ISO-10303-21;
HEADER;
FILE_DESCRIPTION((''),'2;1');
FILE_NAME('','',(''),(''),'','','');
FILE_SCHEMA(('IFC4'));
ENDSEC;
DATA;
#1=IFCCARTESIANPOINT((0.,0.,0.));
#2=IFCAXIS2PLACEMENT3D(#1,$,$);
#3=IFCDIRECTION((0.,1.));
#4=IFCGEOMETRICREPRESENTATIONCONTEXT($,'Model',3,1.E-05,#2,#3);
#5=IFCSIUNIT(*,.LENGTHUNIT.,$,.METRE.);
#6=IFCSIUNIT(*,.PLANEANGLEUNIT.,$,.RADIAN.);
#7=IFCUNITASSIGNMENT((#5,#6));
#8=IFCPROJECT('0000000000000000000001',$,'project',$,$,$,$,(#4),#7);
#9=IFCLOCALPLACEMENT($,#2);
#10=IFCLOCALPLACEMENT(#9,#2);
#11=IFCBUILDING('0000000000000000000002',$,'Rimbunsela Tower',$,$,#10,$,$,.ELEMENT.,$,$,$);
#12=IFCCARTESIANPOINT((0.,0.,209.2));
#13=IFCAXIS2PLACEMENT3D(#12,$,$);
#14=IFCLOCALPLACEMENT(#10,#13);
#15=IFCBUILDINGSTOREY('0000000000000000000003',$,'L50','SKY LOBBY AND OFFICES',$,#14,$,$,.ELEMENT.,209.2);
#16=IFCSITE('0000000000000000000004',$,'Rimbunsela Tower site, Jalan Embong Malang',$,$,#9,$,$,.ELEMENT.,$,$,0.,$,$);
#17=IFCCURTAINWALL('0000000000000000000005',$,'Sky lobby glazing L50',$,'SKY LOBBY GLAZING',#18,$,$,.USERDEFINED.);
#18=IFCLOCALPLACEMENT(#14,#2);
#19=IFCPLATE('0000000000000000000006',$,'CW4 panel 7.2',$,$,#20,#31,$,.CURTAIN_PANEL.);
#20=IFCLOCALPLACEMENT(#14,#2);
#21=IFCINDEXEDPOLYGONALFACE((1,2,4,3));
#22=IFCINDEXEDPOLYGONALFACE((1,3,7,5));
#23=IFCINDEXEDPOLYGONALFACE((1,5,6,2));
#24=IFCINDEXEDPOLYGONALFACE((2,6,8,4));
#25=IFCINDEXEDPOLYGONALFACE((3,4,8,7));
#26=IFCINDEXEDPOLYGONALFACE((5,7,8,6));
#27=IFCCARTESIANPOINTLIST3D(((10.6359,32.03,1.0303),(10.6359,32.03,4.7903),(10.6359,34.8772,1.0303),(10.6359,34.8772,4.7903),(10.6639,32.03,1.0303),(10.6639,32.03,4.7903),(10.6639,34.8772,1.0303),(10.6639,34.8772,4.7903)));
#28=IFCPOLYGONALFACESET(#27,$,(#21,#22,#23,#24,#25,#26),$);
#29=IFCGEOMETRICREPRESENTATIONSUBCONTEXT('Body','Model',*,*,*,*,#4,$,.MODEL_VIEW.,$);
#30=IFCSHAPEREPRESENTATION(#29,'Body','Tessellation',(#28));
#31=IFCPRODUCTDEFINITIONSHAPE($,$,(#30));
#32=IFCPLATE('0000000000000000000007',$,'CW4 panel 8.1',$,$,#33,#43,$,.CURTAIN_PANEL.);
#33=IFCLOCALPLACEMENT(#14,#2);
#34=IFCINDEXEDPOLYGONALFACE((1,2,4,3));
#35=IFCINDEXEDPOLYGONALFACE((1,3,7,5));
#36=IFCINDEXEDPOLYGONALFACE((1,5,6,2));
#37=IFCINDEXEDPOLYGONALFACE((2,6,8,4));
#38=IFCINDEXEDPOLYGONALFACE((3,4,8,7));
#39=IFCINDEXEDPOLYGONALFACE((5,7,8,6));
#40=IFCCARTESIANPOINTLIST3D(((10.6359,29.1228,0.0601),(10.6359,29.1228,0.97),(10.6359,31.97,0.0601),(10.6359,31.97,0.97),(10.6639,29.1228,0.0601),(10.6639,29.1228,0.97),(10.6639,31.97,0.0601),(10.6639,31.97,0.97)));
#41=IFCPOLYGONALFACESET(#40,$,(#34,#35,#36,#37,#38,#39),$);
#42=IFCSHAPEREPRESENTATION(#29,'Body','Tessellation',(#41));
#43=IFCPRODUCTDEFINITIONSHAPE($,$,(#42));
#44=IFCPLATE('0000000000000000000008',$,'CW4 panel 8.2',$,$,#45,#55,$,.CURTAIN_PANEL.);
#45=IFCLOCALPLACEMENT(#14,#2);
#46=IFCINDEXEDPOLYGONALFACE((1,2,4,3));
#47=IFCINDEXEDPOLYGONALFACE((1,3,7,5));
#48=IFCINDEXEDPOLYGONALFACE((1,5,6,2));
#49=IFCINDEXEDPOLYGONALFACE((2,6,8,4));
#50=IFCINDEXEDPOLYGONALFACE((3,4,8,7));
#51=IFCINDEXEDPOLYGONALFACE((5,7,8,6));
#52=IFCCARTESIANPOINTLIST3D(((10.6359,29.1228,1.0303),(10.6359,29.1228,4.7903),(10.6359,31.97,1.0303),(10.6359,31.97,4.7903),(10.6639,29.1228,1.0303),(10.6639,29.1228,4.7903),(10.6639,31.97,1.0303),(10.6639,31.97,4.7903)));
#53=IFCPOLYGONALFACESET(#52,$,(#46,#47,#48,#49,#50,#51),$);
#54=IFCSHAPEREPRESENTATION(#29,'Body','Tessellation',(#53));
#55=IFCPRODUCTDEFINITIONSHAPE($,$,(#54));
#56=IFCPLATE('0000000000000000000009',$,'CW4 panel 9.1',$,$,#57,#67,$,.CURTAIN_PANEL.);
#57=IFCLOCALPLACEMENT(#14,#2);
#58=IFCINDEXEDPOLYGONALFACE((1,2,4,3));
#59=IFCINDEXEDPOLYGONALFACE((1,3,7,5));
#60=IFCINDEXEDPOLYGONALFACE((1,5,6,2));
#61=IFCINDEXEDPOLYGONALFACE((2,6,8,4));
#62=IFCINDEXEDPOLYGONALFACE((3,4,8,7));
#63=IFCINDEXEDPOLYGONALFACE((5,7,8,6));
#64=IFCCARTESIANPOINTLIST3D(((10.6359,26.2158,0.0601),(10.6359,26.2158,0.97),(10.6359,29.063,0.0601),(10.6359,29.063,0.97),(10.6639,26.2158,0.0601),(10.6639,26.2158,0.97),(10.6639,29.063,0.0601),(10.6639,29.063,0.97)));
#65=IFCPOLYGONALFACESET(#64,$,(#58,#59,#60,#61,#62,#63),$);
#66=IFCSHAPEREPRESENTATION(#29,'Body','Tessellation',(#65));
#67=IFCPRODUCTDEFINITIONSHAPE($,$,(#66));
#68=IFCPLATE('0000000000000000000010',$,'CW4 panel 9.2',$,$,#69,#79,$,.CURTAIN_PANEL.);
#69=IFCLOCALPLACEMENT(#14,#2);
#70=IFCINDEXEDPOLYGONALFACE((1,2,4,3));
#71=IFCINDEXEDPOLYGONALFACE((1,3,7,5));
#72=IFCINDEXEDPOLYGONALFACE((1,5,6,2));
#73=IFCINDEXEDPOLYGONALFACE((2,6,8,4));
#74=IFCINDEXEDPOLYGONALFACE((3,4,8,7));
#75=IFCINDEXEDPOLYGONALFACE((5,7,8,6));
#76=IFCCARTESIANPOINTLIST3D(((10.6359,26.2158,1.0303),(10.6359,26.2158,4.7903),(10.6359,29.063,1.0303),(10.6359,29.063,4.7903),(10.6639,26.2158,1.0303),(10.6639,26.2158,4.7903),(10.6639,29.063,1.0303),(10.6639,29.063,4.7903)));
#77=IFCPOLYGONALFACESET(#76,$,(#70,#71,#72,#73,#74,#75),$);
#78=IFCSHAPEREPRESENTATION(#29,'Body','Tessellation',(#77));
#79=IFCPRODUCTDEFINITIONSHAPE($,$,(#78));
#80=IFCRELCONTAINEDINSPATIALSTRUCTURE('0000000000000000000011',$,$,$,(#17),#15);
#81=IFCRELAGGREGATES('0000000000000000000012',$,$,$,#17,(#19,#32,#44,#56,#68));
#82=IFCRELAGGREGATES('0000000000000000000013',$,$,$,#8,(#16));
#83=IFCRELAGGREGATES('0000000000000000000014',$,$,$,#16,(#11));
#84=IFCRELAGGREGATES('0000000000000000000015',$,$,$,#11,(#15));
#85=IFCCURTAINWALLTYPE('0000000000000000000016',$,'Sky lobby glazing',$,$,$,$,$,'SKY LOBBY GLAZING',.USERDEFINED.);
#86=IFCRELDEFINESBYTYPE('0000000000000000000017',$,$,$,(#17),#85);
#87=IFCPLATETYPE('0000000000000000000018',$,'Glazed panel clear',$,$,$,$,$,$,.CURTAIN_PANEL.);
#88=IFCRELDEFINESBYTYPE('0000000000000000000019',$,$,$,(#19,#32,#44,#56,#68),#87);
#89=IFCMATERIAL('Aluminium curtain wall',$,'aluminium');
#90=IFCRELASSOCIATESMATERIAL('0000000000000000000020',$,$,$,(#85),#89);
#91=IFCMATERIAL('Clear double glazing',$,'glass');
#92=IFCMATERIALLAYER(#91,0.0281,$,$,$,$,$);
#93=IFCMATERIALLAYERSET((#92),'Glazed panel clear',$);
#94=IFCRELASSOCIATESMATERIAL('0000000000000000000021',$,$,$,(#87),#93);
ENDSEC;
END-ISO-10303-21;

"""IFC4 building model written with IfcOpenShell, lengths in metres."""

from ifc_helpers import new_model, si_unit, direction, frame, origin, origin_2d, place, context, subcontext, project, spatial, rectangle, extrude, material, layer, layer_set, type_object, element, aggregate, save


model = new_model("IFC4")

# Units and contexts
model_context = context("Model", 3, precision=1e-05, world=origin(), true_north=direction((0.0, 1.0)))
body_context = subcontext(model_context, "Body", "Model", "MODEL_VIEW")
ifc_project = project(units=[si_unit("LENGTHUNIT", "METRE"), si_unit("PLANEANGLEUNIT", "RADIAN")], contexts=[model_context])

# Site, building, storey
site_placement = place(None, origin())
site = spatial("IfcSite", under=ifc_project, at=site_placement, Name="Rimbunsela Tower site, Jalan Embong Malang", CompositionType="ELEMENT", RefElevation=0.0)
building_placement = place(site_placement, origin())
building = spatial("IfcBuilding", under=site, at=building_placement, Name="Rimbunsela Tower", CompositionType="ELEMENT")
storey_placement = place(building_placement, frame((0.0, 0.0, 209.2)))
storey = spatial("IfcBuildingStorey", under=building, at=storey_placement, Name="L50", Description="SKY LOBBY AND OFFICES", CompositionType="ELEMENT", Elevation=209.2)

# Curtain wall, plates
ifc_material_1 = material(Name="Aluminium curtain wall", Category="aluminium")
curtain_wall_type = type_object("IfcCurtainWallType", Name="Sky lobby glazing", ElementType="SKY LOBBY GLAZING", PredefinedType="USERDEFINED", material=ifc_material_1)
curtain_wall_placement = place(storey_placement, origin())
curtain_wall = element("IfcCurtainWall", 1, at=curtain_wall_placement, inside=storey, type_object=curtain_wall_type, Name="Sky lobby glazing L50", ObjectType="SKY LOBBY GLAZING", PredefinedType="USERDEFINED")
ifc_material_2 = material(Name="Clear double glazing", Category="glass")
ifc_layer = layer(ifc_material_2, 0.0281)
ifc_layer_set = layer_set([ifc_layer], Name="Glazed panel clear")
plate_type = type_object("IfcPlateType", Name="Glazed panel clear", PredefinedType="CURTAIN_PANEL", material=ifc_layer_set)
plate_1_placement = place(storey_placement, frame((10.6499, 33.4536, 1.0303), z_axis=(0.0, 0.0, 1.0), x_axis=(0.0, -1.0, 0.0)))
plate_1 = element("IfcPlate", 2, at=plate_1_placement, type_object=plate_type, Name="CW4 panel 7.2", PredefinedType="CURTAIN_PANEL", context=body_context, shape_type="SweptSolid", body=[
    extrude(rectangle(XDim=2.8472, YDim=0.0281, at=origin_2d()), origin(), (0.0, 0.0, 1.0), 3.76),
])
plate_2_placement = place(storey_placement, frame((10.6499, 30.5464, 0.0601), z_axis=(0.0, 0.0, 1.0), x_axis=(0.0, -1.0, 0.0)))
plate_2 = element("IfcPlate", 3, at=plate_2_placement, type_object=plate_type, Name="CW4 panel 8.1", PredefinedType="CURTAIN_PANEL", context=body_context, shape_type="SweptSolid", body=[
    extrude(rectangle(XDim=2.8472, YDim=0.0281, at=origin_2d()), origin(), (0.0, 0.0, 1.0), 0.9099),
])
plate_3_placement = place(storey_placement, frame((10.6499, 30.5464, 1.0303), z_axis=(0.0, 0.0, 1.0), x_axis=(0.0, -1.0, 0.0)))
plate_3 = element("IfcPlate", 4, at=plate_3_placement, type_object=plate_type, Name="CW4 panel 8.2", PredefinedType="CURTAIN_PANEL", context=body_context, shape_type="SweptSolid", body=[
    extrude(rectangle(XDim=2.8472, YDim=0.0281, at=origin_2d()), origin(), (0.0, 0.0, 1.0), 3.76),
])
plate_4_placement = place(storey_placement, frame((10.6499, 27.6394, 0.0601), z_axis=(0.0, 0.0, 1.0), x_axis=(0.0, -1.0, 0.0)))
plate_4 = element("IfcPlate", 5, at=plate_4_placement, type_object=plate_type, Name="CW4 panel 9.1", PredefinedType="CURTAIN_PANEL", context=body_context, shape_type="SweptSolid", body=[
    extrude(rectangle(XDim=2.8472, YDim=0.0281, at=origin_2d()), origin(), (0.0, 0.0, 1.0), 0.9099),
])
plate_5_placement = place(storey_placement, frame((10.6499, 27.6394, 1.0303), z_axis=(0.0, 0.0, 1.0), x_axis=(0.0, -1.0, 0.0)))
plate_5 = element("IfcPlate", 6, at=plate_5_placement, type_object=plate_type, Name="CW4 panel 9.2", PredefinedType="CURTAIN_PANEL", context=body_context, shape_type="SweptSolid", body=[
    extrude(rectangle(XDim=2.8472, YDim=0.0281, at=origin_2d()), origin(), (0.0, 0.0, 1.0), 3.76),
])
aggregate(curtain_wall, [plate_1, plate_2, plate_3, plate_4, plate_5])

save(model, "model.ifc")
